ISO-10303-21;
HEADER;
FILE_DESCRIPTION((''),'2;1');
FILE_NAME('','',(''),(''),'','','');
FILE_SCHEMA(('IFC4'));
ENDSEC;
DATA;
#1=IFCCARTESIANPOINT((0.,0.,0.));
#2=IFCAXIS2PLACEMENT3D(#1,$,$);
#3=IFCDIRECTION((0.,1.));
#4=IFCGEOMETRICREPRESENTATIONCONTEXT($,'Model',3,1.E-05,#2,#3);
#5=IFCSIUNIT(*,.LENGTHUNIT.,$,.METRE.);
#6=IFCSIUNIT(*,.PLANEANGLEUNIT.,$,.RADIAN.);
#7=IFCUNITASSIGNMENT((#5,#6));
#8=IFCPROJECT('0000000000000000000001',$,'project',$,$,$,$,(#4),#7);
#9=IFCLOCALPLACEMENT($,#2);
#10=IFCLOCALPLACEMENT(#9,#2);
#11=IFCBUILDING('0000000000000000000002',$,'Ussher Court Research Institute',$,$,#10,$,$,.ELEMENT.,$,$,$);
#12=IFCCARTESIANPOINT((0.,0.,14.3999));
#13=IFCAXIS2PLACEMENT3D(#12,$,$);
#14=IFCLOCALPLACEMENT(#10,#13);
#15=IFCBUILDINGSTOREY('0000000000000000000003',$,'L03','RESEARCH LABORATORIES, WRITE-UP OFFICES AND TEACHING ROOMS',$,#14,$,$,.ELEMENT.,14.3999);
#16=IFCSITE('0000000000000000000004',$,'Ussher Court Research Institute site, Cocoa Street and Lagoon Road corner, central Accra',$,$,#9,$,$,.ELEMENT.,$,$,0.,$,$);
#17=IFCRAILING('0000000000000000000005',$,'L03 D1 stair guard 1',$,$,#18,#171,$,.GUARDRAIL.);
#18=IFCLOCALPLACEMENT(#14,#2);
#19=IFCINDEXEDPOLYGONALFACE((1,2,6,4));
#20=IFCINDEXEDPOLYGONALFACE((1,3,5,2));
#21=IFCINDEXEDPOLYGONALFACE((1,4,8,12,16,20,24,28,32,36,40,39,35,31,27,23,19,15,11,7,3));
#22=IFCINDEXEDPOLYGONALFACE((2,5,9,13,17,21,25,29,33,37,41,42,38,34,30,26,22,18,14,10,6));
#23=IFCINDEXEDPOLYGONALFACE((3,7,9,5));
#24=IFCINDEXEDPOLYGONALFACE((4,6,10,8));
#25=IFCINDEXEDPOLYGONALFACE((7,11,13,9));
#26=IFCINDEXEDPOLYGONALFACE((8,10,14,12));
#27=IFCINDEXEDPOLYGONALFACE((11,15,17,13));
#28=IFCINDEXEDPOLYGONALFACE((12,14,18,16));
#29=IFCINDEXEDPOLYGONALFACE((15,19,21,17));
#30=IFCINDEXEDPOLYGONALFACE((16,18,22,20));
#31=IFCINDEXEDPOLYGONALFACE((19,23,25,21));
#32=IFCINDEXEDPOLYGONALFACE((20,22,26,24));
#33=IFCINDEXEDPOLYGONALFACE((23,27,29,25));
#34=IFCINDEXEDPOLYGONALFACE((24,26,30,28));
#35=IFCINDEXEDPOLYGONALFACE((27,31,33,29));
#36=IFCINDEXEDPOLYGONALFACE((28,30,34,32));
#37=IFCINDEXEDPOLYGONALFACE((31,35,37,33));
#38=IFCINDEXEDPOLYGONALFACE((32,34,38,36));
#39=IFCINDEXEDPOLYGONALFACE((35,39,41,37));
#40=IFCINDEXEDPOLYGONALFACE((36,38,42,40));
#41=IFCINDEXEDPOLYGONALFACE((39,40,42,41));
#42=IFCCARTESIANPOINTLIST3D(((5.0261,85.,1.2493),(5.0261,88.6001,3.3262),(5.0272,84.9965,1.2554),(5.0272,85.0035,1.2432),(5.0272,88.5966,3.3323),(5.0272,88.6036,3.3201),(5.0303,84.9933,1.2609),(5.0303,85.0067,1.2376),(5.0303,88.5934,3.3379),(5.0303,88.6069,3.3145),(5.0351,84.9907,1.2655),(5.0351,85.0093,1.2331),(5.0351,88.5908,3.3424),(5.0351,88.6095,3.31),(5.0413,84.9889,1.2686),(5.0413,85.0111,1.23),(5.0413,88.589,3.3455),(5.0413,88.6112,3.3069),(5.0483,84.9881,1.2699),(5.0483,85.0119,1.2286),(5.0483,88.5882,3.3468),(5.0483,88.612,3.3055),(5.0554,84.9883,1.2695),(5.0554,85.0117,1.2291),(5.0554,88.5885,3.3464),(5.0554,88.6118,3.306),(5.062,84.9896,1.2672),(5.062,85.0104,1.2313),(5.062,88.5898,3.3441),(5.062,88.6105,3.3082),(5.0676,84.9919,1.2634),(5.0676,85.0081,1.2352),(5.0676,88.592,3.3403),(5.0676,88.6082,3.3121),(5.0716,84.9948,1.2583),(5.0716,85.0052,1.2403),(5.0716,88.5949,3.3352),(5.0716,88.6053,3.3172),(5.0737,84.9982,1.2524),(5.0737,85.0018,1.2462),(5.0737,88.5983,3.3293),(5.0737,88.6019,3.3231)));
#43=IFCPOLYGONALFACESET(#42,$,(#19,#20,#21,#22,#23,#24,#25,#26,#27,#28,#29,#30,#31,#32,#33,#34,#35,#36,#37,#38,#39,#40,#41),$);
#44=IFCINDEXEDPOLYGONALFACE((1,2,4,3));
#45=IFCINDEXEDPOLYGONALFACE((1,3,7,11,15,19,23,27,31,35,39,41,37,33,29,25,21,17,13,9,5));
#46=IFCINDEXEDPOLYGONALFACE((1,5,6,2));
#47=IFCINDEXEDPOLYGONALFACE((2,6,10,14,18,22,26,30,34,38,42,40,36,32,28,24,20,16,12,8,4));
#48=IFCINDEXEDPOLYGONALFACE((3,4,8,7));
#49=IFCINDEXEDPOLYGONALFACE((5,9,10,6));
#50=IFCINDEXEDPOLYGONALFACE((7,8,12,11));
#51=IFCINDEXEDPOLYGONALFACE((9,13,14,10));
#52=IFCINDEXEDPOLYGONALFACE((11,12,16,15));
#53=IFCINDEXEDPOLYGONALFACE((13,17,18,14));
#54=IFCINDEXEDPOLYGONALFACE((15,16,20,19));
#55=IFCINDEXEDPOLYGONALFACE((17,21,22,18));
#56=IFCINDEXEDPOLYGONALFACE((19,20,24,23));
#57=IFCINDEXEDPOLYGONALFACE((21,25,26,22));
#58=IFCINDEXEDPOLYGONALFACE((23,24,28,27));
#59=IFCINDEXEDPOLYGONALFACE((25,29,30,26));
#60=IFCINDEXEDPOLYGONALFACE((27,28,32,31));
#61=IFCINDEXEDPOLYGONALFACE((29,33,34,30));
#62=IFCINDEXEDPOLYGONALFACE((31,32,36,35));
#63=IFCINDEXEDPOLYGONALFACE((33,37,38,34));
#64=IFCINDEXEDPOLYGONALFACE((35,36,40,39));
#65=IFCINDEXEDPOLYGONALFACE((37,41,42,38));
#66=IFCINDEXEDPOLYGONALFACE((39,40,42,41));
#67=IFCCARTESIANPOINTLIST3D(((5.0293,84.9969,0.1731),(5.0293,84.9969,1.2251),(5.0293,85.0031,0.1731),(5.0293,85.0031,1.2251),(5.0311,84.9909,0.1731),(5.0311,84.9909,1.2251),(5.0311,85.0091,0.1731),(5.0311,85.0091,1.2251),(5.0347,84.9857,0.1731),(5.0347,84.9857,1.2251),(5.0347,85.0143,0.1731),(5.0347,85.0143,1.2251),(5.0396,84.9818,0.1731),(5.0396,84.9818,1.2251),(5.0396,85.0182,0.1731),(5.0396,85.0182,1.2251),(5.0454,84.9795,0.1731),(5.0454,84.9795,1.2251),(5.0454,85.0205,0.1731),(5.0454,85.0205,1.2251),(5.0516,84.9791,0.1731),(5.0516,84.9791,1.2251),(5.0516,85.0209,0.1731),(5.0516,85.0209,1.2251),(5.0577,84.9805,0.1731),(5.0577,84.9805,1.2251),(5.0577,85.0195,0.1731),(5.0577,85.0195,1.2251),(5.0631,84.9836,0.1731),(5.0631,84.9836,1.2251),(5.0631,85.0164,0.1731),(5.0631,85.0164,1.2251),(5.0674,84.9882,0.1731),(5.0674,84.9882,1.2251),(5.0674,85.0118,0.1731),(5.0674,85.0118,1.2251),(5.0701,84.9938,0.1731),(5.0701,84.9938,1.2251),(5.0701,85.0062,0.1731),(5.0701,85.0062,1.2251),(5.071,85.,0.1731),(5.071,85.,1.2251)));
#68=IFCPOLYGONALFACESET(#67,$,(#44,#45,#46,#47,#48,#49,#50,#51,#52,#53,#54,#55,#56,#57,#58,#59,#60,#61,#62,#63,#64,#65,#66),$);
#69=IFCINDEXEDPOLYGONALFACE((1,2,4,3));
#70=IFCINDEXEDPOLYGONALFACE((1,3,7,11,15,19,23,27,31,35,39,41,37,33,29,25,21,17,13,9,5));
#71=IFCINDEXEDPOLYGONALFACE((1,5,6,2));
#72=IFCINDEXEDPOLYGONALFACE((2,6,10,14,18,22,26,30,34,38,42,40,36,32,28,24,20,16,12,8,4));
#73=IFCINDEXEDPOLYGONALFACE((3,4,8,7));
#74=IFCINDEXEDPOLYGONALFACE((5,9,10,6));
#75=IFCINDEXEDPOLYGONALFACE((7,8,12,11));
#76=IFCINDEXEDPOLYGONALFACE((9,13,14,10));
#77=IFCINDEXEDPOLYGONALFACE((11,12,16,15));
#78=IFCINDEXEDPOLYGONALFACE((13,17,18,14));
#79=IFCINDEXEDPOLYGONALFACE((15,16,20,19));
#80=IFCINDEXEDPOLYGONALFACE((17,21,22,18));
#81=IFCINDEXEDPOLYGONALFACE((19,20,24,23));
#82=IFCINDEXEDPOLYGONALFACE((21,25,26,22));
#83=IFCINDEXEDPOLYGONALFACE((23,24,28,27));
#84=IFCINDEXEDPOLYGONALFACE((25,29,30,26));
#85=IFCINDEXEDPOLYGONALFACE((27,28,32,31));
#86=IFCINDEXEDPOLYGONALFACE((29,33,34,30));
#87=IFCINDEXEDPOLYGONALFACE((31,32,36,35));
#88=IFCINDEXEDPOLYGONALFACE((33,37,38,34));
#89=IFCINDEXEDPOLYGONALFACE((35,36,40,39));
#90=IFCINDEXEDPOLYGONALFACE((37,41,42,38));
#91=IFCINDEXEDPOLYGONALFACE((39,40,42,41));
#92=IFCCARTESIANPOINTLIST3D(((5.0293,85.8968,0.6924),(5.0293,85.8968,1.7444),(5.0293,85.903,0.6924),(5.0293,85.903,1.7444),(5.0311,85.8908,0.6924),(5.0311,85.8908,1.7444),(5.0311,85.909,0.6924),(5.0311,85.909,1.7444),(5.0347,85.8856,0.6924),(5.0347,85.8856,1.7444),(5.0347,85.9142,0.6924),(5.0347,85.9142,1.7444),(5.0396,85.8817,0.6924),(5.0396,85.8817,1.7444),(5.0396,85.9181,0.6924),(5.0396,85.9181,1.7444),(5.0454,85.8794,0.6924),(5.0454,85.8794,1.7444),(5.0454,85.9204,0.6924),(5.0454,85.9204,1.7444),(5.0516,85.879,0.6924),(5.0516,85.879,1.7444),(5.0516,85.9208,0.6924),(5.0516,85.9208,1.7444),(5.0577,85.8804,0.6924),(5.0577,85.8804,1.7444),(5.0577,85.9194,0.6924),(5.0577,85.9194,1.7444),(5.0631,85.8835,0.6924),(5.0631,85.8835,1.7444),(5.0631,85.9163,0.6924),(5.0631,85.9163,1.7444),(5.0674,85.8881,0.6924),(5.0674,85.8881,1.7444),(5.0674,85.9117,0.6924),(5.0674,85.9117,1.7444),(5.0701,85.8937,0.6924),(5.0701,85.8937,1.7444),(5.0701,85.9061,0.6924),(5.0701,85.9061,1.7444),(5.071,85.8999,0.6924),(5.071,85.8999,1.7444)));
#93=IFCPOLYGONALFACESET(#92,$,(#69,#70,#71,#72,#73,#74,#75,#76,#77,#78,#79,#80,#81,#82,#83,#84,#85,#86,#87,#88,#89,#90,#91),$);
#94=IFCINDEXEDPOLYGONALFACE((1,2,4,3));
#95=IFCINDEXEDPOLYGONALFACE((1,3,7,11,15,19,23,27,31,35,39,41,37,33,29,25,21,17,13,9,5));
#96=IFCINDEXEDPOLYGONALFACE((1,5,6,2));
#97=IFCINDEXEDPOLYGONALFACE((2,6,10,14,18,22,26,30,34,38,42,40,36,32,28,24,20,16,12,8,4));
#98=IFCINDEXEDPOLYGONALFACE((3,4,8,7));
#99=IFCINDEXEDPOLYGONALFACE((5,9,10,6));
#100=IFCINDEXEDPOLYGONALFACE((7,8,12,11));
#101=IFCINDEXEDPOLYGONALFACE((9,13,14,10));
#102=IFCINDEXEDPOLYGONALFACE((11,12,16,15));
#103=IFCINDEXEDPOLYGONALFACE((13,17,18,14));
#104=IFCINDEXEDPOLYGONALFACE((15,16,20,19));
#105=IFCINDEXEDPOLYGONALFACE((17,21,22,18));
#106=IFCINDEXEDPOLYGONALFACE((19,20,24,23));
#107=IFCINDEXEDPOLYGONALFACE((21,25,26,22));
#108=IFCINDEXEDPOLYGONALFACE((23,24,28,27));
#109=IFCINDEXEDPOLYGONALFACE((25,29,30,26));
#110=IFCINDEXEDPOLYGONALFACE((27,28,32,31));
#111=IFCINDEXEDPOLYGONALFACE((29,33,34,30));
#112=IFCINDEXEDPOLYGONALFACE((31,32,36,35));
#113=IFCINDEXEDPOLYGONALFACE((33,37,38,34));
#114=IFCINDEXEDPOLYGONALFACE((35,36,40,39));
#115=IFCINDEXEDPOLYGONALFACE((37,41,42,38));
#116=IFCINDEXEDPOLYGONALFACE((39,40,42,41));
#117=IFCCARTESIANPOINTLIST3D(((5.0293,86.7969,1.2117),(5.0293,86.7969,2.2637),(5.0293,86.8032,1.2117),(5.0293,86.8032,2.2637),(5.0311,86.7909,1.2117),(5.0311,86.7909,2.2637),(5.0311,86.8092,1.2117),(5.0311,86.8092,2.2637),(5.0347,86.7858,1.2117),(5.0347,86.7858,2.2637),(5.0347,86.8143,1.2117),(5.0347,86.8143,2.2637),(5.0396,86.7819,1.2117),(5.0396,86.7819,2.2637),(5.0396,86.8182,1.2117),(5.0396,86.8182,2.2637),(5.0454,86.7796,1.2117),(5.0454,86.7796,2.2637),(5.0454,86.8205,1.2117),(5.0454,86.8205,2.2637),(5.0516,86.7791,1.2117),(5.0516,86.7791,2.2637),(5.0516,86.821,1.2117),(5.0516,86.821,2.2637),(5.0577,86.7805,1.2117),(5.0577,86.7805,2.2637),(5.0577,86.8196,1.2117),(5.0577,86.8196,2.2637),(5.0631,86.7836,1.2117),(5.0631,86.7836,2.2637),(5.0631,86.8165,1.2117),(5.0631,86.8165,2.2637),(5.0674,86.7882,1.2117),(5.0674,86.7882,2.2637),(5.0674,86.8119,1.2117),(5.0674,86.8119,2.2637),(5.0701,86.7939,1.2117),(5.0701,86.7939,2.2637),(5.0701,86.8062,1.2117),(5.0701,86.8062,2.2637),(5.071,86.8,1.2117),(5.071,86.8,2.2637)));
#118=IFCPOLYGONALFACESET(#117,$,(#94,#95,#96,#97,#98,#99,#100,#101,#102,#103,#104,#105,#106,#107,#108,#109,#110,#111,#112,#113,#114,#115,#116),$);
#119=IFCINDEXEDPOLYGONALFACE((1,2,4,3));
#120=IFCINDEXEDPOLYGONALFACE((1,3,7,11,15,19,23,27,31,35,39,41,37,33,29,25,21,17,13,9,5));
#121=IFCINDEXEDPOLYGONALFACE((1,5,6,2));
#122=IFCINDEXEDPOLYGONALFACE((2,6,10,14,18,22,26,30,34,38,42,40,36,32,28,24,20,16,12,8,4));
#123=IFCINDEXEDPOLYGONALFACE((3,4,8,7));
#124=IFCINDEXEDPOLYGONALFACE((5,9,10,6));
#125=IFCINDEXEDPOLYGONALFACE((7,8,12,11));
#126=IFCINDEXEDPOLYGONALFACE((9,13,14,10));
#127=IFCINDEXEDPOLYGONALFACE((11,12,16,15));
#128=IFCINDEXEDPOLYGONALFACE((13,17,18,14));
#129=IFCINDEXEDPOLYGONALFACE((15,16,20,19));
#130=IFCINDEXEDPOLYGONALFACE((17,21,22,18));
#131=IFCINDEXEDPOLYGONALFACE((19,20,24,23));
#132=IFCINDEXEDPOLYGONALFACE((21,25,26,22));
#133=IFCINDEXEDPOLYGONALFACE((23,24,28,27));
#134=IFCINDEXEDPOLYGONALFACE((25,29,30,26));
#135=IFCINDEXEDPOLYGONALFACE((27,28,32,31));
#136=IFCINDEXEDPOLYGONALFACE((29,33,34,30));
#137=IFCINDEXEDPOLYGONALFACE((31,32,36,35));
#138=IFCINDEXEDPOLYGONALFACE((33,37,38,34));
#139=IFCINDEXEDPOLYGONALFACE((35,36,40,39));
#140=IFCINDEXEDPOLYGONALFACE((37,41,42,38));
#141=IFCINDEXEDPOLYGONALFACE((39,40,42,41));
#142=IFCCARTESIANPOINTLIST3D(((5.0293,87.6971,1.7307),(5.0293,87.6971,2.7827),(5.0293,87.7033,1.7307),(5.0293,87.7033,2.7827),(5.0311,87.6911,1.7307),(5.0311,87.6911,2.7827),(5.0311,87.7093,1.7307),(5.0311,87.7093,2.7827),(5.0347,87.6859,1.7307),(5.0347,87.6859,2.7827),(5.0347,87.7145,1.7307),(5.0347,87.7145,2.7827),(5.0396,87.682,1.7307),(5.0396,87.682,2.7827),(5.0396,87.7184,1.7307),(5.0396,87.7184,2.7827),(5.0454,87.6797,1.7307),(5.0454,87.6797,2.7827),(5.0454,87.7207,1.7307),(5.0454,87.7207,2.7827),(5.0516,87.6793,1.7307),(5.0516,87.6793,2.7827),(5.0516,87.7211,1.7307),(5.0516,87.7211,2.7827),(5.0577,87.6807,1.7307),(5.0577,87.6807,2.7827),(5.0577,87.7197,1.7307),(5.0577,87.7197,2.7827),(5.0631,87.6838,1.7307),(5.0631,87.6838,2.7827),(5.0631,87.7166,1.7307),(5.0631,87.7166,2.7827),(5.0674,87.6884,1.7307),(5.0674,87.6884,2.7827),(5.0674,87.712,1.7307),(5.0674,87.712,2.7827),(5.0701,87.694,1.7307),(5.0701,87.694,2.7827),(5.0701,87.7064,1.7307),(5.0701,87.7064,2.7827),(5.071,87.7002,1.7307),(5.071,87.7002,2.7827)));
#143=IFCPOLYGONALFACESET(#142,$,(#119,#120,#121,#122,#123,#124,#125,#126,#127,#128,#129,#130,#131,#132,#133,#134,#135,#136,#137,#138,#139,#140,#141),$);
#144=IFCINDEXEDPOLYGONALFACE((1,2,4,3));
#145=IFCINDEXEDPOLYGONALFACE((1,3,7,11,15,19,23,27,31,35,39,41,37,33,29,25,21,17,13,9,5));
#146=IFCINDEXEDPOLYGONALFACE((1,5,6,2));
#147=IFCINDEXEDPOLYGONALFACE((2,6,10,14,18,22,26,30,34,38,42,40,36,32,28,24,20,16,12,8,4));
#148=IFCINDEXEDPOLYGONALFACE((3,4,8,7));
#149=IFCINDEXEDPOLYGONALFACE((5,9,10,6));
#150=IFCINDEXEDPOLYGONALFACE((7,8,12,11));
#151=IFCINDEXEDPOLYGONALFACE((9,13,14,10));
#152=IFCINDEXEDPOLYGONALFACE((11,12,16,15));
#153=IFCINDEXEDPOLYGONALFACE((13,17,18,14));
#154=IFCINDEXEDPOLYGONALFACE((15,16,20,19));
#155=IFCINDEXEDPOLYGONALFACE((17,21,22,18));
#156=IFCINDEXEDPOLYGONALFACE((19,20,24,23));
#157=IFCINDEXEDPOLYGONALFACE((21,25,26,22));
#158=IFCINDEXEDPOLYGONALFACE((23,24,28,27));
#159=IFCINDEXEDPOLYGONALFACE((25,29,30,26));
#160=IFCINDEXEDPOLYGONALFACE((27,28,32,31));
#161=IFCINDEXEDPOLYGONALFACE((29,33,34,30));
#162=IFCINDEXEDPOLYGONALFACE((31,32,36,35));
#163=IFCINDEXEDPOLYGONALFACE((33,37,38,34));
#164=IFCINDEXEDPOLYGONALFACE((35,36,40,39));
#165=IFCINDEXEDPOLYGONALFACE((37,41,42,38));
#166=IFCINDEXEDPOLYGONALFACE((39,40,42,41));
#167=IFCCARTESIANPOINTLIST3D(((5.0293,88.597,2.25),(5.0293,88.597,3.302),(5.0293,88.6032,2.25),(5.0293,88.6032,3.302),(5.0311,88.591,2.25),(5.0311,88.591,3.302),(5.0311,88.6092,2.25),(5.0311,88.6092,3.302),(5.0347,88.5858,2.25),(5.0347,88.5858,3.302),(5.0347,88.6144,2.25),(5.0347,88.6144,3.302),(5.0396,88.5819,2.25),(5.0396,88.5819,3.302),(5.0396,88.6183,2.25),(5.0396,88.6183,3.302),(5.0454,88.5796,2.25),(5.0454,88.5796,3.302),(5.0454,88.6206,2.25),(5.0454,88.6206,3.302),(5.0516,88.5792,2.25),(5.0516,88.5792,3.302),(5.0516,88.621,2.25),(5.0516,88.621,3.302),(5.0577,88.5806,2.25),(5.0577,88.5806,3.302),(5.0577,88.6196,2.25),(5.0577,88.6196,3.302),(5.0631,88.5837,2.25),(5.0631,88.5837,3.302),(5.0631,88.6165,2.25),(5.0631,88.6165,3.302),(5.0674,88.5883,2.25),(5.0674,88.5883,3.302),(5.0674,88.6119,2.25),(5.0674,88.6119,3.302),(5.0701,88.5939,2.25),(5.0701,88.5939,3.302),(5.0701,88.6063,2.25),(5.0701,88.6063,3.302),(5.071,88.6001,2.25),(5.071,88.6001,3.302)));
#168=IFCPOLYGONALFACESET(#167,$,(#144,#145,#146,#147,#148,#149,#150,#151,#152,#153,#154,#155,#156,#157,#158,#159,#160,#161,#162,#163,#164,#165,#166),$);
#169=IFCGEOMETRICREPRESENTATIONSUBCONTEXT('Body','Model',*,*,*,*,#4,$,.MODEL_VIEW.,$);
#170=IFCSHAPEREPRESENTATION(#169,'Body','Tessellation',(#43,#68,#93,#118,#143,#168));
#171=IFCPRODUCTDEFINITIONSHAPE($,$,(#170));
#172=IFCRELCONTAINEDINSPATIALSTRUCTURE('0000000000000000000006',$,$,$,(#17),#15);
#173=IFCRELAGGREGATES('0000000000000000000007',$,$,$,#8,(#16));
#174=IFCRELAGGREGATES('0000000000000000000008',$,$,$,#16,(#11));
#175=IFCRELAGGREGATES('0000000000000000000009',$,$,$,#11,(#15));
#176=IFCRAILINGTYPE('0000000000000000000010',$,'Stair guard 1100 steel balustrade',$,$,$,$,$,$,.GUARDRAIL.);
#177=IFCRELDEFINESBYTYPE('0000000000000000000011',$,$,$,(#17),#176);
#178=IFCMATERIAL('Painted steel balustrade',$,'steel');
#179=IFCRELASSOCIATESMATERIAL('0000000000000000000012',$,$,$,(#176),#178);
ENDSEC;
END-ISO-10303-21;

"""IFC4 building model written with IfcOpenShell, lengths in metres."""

from ifc_helpers import new_model, si_unit, direction, frame, origin, origin_2d, place, context, subcontext, project, spatial, circle, extrude, material, type_object, element, save


model = new_model("IFC4")

# Units and contexts
model_context = context("Model", 3, precision=1e-05, world=origin(), true_north=direction((0.0, 1.0)))
body_context = subcontext(model_context, "Body", "Model", "MODEL_VIEW")
ifc_project = project(units=[si_unit("LENGTHUNIT", "METRE"), si_unit("PLANEANGLEUNIT", "RADIAN")], contexts=[model_context])

# Site, building, storey
site_placement = place(None, origin())
site = spatial("IfcSite", under=ifc_project, at=site_placement, Name="Ussher Court Research Institute site, Cocoa Street and Lagoon Road corner, central Accra", CompositionType="ELEMENT", RefElevation=0.0)
building_placement = place(site_placement, origin())
building = spatial("IfcBuilding", under=site, at=building_placement, Name="Ussher Court Research Institute", CompositionType="ELEMENT")
storey_placement = place(building_placement, frame((0.0, 0.0, 14.3999)))
storey = spatial("IfcBuildingStorey", under=building, at=storey_placement, Name="L03", Description="RESEARCH LABORATORIES, WRITE-UP OFFICES AND TEACHING ROOMS", CompositionType="ELEMENT", Elevation=14.3999)

# Railing
ifc_material_1 = material(Name="Painted steel balustrade", Category="steel")
railing_type = type_object("IfcRailingType", Name="Stair guard 1100 steel balustrade", PredefinedType="GUARDRAIL", material=ifc_material_1)
railing_1_placement = place(storey_placement, frame((5.05, 85.0, 0.1731)))
element("IfcRailing", 1, at=railing_1_placement, inside=storey, type_object=railing_type, Name="L03 D1 stair guard 1", PredefinedType="GUARDRAIL", context=body_context, shape_type="SweptSolid", body=[
    extrude(circle(Radius=0.0239, at=origin_2d()), frame((0.0, 0.0, 1.0762), z_axis=(0.0, 0.866193, 0.499709), x_axis=(-1.0, 0.0, 0.0)), (0.0, 0.0, 1.0), 4.1562),
    extrude(circle(Radius=0.021, at=origin_2d()), origin(), (0.0, 0.0, 1.0), 1.052),
    extrude(circle(Radius=0.021, at=origin_2d()), frame((0.0, 0.8999, 0.5193)), (0.0, 0.0, 1.0), 1.052),
    extrude(circle(Radius=0.021, at=origin_2d()), frame((0.0, 1.8, 1.0386)), (0.0, 0.0, 1.0), 1.052),
    extrude(circle(Radius=0.021, at=origin_2d()), frame((0.0, 2.7002, 1.5576)), (0.0, 0.0, 1.0), 1.052),
    extrude(circle(Radius=0.021, at=origin_2d()), frame((0.0, 3.6001, 2.0769)), (0.0, 0.0, 1.0), 1.052),
])

save(model, "model.ifc")
